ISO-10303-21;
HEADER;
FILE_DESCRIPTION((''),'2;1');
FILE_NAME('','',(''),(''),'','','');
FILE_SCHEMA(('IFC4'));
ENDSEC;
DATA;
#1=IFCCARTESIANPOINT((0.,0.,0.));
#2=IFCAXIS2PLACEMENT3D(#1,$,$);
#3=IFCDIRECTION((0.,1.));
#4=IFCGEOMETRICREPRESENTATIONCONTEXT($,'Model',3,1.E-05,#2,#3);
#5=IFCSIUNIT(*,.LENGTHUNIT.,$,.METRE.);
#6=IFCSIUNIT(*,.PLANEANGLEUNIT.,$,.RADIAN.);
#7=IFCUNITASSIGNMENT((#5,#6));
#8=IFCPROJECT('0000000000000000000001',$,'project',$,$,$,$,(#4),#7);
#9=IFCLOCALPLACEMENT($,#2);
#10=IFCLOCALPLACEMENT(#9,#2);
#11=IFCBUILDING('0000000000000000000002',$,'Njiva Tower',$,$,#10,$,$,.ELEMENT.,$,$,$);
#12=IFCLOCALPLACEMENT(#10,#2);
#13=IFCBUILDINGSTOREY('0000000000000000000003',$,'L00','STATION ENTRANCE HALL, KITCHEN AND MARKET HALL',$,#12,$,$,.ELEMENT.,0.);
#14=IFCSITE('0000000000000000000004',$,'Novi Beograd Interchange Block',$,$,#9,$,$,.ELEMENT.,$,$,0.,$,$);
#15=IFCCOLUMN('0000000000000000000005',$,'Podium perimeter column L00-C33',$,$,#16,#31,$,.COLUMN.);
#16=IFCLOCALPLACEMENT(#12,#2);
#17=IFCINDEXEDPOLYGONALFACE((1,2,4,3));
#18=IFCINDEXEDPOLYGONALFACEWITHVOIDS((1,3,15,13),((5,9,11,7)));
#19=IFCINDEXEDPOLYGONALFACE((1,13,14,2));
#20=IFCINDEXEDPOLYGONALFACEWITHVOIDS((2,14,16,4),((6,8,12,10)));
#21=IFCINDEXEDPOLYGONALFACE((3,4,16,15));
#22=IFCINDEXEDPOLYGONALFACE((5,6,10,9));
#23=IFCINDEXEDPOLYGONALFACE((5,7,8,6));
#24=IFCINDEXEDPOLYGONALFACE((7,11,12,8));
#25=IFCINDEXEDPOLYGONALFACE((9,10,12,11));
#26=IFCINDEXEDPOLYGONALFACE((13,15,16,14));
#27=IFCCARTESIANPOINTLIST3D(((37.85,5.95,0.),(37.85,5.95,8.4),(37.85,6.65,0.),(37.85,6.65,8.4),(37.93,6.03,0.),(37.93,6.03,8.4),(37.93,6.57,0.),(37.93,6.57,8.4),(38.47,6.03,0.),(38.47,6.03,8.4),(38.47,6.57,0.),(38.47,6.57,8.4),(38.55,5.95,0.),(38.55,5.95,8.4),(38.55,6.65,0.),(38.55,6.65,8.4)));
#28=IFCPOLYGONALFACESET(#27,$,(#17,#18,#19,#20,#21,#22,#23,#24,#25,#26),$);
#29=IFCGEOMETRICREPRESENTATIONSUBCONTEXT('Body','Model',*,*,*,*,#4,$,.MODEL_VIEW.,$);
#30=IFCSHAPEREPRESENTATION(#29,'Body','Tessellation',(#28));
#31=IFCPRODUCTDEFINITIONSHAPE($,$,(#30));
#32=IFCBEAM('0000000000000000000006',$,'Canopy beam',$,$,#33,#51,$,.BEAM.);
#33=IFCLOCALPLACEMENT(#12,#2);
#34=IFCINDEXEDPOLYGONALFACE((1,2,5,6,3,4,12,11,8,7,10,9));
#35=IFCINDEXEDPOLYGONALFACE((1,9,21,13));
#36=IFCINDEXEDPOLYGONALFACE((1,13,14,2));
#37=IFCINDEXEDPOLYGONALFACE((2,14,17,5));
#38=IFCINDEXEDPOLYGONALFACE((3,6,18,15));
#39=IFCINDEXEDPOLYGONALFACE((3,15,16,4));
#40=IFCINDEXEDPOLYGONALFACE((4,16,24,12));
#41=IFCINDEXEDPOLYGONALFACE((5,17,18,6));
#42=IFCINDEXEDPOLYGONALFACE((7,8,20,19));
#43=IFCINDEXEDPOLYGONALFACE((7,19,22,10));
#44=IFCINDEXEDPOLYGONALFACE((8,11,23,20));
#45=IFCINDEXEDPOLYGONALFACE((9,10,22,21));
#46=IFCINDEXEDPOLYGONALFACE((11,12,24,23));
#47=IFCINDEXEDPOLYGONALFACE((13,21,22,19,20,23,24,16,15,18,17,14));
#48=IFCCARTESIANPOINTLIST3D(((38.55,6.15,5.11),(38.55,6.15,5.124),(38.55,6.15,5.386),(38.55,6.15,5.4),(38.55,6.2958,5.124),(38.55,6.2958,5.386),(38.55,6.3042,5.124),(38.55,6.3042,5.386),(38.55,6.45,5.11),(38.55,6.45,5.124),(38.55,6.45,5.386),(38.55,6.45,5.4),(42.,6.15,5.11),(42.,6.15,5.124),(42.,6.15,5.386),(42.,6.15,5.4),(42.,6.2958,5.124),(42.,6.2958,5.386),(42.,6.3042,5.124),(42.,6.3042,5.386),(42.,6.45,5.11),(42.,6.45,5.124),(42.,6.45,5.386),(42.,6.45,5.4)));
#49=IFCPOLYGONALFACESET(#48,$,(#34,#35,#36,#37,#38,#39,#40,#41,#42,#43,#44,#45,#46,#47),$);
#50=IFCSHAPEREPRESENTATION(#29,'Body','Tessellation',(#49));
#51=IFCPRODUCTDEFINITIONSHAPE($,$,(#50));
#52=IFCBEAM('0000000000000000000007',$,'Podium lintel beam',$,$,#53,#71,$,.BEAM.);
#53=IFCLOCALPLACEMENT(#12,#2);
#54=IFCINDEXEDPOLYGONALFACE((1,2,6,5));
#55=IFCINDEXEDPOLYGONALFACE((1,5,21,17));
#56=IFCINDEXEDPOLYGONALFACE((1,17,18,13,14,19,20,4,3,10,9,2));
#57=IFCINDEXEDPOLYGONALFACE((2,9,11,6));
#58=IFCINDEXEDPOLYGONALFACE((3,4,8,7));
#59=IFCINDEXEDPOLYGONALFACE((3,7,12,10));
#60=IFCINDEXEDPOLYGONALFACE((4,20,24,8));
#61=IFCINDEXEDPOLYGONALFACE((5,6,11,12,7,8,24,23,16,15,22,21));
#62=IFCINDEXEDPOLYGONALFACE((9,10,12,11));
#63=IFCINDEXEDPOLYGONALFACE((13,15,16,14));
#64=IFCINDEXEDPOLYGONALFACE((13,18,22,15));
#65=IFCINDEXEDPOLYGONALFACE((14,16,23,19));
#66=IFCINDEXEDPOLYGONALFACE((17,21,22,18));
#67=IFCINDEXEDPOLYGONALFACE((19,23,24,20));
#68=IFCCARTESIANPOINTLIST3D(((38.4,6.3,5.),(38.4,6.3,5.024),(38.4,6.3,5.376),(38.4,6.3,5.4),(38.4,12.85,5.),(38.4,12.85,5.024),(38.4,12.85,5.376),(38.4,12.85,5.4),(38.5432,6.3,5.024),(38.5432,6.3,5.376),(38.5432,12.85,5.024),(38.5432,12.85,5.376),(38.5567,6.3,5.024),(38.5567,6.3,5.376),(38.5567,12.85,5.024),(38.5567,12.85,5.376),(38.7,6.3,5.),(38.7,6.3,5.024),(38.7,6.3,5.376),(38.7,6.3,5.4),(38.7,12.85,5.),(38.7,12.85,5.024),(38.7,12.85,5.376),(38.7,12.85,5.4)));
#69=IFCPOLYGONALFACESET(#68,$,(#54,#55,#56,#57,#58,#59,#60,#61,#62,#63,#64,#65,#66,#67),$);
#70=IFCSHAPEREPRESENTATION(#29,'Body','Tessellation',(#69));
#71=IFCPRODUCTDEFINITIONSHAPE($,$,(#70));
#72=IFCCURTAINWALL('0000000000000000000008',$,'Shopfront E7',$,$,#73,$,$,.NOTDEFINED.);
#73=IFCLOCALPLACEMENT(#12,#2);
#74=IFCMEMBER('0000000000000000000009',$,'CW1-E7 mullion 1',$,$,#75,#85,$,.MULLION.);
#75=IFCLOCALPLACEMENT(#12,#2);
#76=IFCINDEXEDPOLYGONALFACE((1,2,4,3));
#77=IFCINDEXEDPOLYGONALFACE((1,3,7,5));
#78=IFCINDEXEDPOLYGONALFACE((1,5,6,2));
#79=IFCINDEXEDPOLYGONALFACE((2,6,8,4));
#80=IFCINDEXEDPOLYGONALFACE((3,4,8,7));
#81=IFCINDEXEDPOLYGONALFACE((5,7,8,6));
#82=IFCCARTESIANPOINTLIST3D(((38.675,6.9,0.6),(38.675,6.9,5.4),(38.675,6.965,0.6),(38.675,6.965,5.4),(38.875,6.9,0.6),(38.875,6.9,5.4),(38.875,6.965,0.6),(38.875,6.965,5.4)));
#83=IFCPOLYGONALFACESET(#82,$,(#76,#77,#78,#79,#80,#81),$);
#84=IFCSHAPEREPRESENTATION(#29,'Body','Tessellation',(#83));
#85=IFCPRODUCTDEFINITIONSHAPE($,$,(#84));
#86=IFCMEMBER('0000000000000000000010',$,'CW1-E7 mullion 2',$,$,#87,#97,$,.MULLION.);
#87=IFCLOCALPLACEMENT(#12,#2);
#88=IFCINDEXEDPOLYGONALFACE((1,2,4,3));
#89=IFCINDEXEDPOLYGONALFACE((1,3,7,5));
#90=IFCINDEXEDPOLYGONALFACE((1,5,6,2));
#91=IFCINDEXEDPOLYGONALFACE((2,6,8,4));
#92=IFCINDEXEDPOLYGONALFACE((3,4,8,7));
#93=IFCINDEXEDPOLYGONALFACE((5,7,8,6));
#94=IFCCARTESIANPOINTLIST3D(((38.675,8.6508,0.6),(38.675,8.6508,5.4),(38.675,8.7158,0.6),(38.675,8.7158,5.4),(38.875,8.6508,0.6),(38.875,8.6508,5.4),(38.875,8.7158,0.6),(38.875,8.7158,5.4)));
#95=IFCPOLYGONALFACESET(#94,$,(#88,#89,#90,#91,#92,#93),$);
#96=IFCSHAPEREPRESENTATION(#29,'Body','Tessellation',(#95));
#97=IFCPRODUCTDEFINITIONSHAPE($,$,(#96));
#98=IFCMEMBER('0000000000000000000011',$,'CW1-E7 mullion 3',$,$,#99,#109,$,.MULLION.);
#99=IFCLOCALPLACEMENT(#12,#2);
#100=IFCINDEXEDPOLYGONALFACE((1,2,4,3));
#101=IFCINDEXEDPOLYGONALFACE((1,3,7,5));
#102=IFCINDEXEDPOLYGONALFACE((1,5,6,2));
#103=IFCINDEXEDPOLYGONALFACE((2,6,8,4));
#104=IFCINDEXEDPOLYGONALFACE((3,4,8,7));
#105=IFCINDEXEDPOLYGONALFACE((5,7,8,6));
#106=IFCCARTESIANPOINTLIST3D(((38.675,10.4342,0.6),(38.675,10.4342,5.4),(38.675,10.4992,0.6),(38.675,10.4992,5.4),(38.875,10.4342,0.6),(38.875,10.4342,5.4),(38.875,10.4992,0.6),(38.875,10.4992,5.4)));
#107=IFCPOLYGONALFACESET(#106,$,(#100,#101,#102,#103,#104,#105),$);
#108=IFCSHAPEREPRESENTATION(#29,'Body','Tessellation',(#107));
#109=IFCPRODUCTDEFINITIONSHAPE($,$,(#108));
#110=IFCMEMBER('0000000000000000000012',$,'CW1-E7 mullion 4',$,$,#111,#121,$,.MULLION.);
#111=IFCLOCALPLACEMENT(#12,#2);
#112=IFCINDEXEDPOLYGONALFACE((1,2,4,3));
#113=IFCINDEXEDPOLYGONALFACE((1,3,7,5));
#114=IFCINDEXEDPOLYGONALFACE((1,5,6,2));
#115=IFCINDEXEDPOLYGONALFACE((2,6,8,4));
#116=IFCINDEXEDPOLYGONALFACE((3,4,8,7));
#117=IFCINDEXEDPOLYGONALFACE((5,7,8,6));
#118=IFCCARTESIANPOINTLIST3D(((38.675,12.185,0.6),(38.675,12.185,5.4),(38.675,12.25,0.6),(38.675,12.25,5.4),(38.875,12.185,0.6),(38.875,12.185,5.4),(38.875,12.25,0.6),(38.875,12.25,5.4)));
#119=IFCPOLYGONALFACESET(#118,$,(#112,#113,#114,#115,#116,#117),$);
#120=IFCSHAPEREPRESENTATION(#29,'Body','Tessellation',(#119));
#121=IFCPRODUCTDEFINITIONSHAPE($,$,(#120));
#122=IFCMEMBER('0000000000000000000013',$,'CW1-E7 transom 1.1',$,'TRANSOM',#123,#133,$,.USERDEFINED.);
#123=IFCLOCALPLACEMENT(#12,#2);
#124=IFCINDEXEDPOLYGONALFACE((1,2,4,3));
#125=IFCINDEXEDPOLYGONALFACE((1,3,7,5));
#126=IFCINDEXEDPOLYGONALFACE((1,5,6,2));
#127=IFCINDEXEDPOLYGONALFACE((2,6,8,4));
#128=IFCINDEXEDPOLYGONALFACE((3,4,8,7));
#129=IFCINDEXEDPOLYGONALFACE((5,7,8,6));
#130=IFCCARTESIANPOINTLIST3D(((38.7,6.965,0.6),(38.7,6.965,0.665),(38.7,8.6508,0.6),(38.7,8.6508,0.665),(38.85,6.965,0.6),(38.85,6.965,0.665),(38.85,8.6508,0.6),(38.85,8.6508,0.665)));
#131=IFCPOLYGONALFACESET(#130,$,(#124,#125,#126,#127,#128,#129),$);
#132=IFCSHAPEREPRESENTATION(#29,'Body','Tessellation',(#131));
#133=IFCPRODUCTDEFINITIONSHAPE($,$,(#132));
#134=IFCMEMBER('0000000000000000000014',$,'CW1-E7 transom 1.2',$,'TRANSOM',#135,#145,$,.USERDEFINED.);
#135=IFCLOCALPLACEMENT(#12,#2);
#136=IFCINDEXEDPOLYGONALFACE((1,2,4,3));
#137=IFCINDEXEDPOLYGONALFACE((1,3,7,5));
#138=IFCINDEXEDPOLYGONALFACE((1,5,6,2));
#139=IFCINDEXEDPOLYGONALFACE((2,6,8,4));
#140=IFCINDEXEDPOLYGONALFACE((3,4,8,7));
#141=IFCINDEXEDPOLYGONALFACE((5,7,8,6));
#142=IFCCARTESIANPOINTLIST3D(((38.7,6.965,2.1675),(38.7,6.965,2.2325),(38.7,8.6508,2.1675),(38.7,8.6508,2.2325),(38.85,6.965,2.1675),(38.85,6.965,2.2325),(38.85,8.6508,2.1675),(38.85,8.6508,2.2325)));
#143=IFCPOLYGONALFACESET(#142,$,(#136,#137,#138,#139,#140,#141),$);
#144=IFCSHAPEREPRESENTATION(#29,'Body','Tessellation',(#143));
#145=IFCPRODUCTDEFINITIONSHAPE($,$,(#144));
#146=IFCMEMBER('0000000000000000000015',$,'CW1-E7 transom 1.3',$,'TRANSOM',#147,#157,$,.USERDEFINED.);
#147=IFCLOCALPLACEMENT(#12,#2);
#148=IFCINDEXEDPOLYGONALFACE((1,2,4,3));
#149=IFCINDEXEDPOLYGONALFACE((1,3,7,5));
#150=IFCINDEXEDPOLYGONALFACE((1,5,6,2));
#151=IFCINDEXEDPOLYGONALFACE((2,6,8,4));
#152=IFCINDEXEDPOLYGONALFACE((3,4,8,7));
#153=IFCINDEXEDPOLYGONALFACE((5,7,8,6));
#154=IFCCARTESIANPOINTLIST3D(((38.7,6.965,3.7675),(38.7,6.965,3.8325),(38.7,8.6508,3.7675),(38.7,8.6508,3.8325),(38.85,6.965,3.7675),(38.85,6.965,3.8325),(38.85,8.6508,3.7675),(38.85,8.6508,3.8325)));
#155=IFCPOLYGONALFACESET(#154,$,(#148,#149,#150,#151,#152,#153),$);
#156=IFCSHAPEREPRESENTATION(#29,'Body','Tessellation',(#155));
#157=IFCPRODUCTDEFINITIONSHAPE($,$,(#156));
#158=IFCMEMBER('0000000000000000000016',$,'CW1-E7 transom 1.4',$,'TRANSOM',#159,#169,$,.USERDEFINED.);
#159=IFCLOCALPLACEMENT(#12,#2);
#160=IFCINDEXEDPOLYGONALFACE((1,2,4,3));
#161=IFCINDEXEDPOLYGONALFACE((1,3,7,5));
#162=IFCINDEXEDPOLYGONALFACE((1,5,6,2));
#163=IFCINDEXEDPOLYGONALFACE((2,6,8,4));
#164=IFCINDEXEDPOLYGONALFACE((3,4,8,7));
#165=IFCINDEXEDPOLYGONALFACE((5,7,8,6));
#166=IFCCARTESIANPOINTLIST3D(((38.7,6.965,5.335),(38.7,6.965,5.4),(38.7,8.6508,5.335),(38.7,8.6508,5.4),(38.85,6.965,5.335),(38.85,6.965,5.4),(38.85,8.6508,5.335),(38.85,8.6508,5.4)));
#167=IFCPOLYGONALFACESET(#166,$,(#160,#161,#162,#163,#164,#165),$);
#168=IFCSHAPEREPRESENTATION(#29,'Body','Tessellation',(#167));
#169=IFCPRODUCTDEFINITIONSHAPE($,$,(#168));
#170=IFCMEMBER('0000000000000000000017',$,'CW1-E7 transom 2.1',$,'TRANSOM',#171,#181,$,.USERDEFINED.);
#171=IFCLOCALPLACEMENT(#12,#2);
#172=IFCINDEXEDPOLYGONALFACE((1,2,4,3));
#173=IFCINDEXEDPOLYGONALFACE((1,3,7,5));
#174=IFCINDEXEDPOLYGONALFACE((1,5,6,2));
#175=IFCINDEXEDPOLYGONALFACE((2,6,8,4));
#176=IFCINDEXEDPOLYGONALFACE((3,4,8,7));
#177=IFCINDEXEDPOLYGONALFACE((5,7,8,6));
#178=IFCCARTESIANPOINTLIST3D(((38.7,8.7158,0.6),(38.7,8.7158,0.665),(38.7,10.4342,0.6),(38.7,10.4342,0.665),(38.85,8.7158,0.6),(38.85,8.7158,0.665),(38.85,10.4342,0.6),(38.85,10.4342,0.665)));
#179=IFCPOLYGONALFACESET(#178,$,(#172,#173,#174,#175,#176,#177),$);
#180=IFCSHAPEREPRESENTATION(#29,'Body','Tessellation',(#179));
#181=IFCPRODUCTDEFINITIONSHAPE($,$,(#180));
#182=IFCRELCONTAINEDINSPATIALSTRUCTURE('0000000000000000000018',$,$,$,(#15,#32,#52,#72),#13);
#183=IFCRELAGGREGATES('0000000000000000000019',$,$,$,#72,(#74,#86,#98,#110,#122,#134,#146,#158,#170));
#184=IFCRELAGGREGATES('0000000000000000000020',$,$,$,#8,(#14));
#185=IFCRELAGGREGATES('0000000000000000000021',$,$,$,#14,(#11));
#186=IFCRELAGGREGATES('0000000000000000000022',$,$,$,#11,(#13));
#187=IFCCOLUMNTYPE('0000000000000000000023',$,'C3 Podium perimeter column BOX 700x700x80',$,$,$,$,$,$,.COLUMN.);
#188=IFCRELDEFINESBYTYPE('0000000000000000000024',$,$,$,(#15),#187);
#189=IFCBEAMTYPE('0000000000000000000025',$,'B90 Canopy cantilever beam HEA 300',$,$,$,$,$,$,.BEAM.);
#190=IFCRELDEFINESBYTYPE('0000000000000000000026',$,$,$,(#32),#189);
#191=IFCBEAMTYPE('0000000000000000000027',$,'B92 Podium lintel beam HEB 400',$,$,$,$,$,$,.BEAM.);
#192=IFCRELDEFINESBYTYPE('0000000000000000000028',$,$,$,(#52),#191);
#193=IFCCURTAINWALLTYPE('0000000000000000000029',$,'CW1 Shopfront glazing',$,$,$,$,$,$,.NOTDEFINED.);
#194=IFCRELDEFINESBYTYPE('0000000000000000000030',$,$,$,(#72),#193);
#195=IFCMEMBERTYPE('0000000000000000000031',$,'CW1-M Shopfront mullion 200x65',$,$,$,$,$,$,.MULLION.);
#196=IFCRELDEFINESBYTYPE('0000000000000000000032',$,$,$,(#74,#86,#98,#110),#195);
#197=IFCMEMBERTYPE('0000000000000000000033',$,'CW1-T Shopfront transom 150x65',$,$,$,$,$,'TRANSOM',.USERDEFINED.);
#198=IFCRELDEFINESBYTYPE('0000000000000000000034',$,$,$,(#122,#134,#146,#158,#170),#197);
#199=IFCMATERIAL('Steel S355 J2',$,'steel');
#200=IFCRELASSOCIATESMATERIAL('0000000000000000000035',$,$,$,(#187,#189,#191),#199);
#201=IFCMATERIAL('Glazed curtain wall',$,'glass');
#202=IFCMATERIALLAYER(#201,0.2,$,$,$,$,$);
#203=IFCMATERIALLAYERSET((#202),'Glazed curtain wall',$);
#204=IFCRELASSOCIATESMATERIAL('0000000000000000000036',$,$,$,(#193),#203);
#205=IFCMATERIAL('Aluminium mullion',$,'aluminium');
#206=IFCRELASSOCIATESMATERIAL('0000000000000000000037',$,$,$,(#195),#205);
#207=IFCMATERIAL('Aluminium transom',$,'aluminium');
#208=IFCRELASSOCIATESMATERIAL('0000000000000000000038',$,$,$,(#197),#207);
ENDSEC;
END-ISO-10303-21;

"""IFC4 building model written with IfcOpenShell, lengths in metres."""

from ifc_helpers import new_model, si_unit, direction, frame, origin, origin_2d, place, context, subcontext, project, spatial, rectangle, hollow_rectangle, i_section, extrude, material, layer, layer_set, material_profile, profile_set, type_object, element, aggregate, save


model = new_model("IFC4")

# Units and contexts
model_context = context("Model", 3, precision=1e-05, world=origin(), true_north=direction((0.0, 1.0)))
body_context = subcontext(model_context, "Body", "Model", "MODEL_VIEW")
ifc_project = project(units=[si_unit("LENGTHUNIT", "METRE"), si_unit("PLANEANGLEUNIT", "RADIAN")], contexts=[model_context])

# Site, building, storey
site_placement = place(None, origin())
site = spatial("IfcSite", under=ifc_project, at=site_placement, Name="Novi Beograd Interchange Block", CompositionType="ELEMENT", RefElevation=0.0)
building_placement = place(site_placement, origin())
building = spatial("IfcBuilding", under=site, at=building_placement, Name="Njiva Tower", CompositionType="ELEMENT")
storey_placement = place(building_placement, origin())
storey = spatial("IfcBuildingStorey", under=building, at=storey_placement, Name="L00", Description="STATION ENTRANCE HALL, KITCHEN AND MARKET HALL", CompositionType="ELEMENT", Elevation=0.0)

# Column
ifc_material_1 = material(Name="Steel S355 J2", Category="steel")
ifc_material_profile_1 = material_profile(ifc_material_1, hollow_rectangle(XDim=0.7, YDim=0.7, WallThickness=0.08, at=origin_2d()), Name="BOX 700x700x80")
ifc_profile_set_1 = profile_set([ifc_material_profile_1], Name="Steel S355 J2")
column_type = type_object("IfcColumnType", Name="C3 Podium perimeter column BOX 700x700x80", PredefinedType="COLUMN", material=ifc_profile_set_1)
column_placement = place(storey_placement, frame((38.2, 6.3, 0.0), z_axis=(0.0, 0.0, 1.0), x_axis=(0.0, 1.0, 0.0)))
element("IfcColumn", 1, at=column_placement, inside=storey, type_object=column_type, Name="Podium perimeter column L00-C33", PredefinedType="COLUMN", context=body_context, shape_type="SweptSolid", body=[
    extrude(hollow_rectangle(XDim=0.7, YDim=0.7, WallThickness=0.08, at=origin_2d()), origin(), (0.0, 0.0, 1.0), 8.4),
])

# Beams
ifc_material_profile_2 = material_profile(ifc_material_1, i_section(OverallWidth=0.3, OverallDepth=0.29, WebThickness=0.0085, FlangeThickness=0.014, at=origin_2d()), Name="HEA300")
ifc_profile_set_2 = profile_set([ifc_material_profile_2], Name="Steel S355 J2")
beam_type_1 = type_object("IfcBeamType", Name="B90 Canopy cantilever beam HEA 300", PredefinedType="BEAM", material=ifc_profile_set_2)
beam_1_placement = place(storey_placement, frame((38.55, 6.3, 5.255), z_axis=(1.0, 0.0, 0.0), x_axis=(0.0, 1.0, 0.0)))
element("IfcBeam", 2, at=beam_1_placement, inside=storey, type_object=beam_type_1, Name="Canopy beam", PredefinedType="BEAM", context=body_context, shape_type="SweptSolid", body=[
    extrude(i_section(OverallWidth=0.3, OverallDepth=0.29, WebThickness=0.0085, FlangeThickness=0.014, at=origin_2d()), origin(), (0.0, 0.0, 1.0), 3.45),
])
ifc_material_profile_3 = material_profile(ifc_material_1, i_section(OverallWidth=0.3, OverallDepth=0.4, WebThickness=0.0135, FlangeThickness=0.024, at=origin_2d()), Name="HEB400")
ifc_profile_set_3 = profile_set([ifc_material_profile_3], Name="Steel S355 J2")
beam_type_2 = type_object("IfcBeamType", Name="B92 Podium lintel beam HEB 400", PredefinedType="BEAM", material=ifc_profile_set_3)
beam_2_placement = place(storey_placement, frame((38.55, 6.3, 5.2), z_axis=(0.0, 1.0, 0.0), x_axis=(-1.0, 0.0, 0.0)))
element("IfcBeam", 3, at=beam_2_placement, inside=storey, type_object=beam_type_2, Name="Podium lintel beam", PredefinedType="BEAM", context=body_context, shape_type="SweptSolid", body=[
    extrude(i_section(OverallWidth=0.3, OverallDepth=0.4, WebThickness=0.0135, FlangeThickness=0.024, at=origin_2d()), origin(), (0.0, 0.0, 1.0), 6.55),
])

# Curtain wall, members
ifc_material_2 = material(Name="Glazed curtain wall", Category="glass")
ifc_layer_1 = layer(ifc_material_2, 0.2)
ifc_layer_set_1 = layer_set([ifc_layer_1], Name="Glazed curtain wall")
curtain_wall_type = type_object("IfcCurtainWallType", Name="CW1 Shopfront glazing", PredefinedType="NOTDEFINED", material=ifc_layer_set_1)
curtain_wall_placement = place(storey_placement, origin())
curtain_wall = element("IfcCurtainWall", 4, at=curtain_wall_placement, inside=storey, type_object=curtain_wall_type, Name="Shopfront E7", PredefinedType="NOTDEFINED")
ifc_material_3 = material(Name="Aluminium mullion", Category="aluminium")
ifc_material_profile_4 = material_profile(ifc_material_3, rectangle(XDim=0.2, YDim=0.065, at=origin_2d()), Name="RECT 200x65")
ifc_profile_set_4 = profile_set([ifc_material_profile_4], Name="Aluminium mullion")
member_type_1 = type_object("IfcMemberType", Name="CW1-M Shopfront mullion 200x65", PredefinedType="MULLION", material=ifc_profile_set_4)
member_1_placement = place(storey_placement, frame((38.775, 6.9325, 0.6), z_axis=(0.0, 0.0, 1.0), x_axis=(-1.0, 0.0, 0.0)))
member_1 = element("IfcMember", 5, at=member_1_placement, type_object=member_type_1, Name="CW1-E7 mullion 1", PredefinedType="MULLION", context=body_context, shape_type="SweptSolid", body=[
    extrude(rectangle(XDim=0.2, YDim=0.065, at=origin_2d()), origin(), (0.0, 0.0, 1.0), 4.8),
])
member_2_placement = place(storey_placement, frame((38.775, 8.6833, 0.6), z_axis=(0.0, 0.0, 1.0), x_axis=(-1.0, 0.0, 0.0)))
member_2 = element("IfcMember", 6, at=member_2_placement, type_object=member_type_1, Name="CW1-E7 mullion 2", PredefinedType="MULLION", context=body_context, shape_type="SweptSolid", body=[
    extrude(rectangle(XDim=0.2, YDim=0.065, at=origin_2d()), origin(), (0.0, 0.0, 1.0), 4.8),
])
member_3_placement = place(storey_placement, frame((38.775, 10.4667, 0.6), z_axis=(0.0, 0.0, 1.0), x_axis=(-1.0, 0.0, 0.0)))
member_3 = element("IfcMember", 7, at=member_3_placement, type_object=member_type_1, Name="CW1-E7 mullion 3", PredefinedType="MULLION", context=body_context, shape_type="SweptSolid", body=[
    extrude(rectangle(XDim=0.2, YDim=0.065, at=origin_2d()), origin(), (0.0, 0.0, 1.0), 4.8),
])
member_4_placement = place(storey_placement, frame((38.775, 12.2175, 0.6), z_axis=(0.0, 0.0, 1.0), x_axis=(-1.0, 0.0, 0.0)))
member_4 = element("IfcMember", 8, at=member_4_placement, type_object=member_type_1, Name="CW1-E7 mullion 4", PredefinedType="MULLION", context=body_context, shape_type="SweptSolid", body=[
    extrude(rectangle(XDim=0.2, YDim=0.065, at=origin_2d()), origin(), (0.0, 0.0, 1.0), 4.8),
])
ifc_material_4 = material(Name="Aluminium transom", Category="aluminium")
ifc_material_profile_5 = material_profile(ifc_material_4, rectangle(XDim=0.15, YDim=0.065, at=origin_2d()), Name="RECT 150x65")
ifc_profile_set_5 = profile_set([ifc_material_profile_5], Name="Aluminium transom")
member_type_2 = type_object("IfcMemberType", Name="CW1-T Shopfront transom 150x65", ElementType="TRANSOM", PredefinedType="USERDEFINED", material=ifc_profile_set_5)
member_5_placement = place(storey_placement, frame((38.775, 6.965, 0.6325), z_axis=(0.0, 1.0, 0.0), x_axis=(-1.0, 0.0, 0.0)))
member_5 = element("IfcMember", 9, at=member_5_placement, type_object=member_type_2, Name="CW1-E7 transom 1.1", ObjectType="TRANSOM", PredefinedType="USERDEFINED", context=body_context, shape_type="SweptSolid", body=[
    extrude(rectangle(XDim=0.15, YDim=0.065, at=origin_2d()), origin(), (0.0, 0.0, 1.0), 1.6858),
])
member_6_placement = place(storey_placement, frame((38.775, 6.965, 2.2), z_axis=(0.0, 1.0, 0.0), x_axis=(-1.0, 0.0, 0.0)))
member_6 = element("IfcMember", 10, at=member_6_placement, type_object=member_type_2, Name="CW1-E7 transom 1.2", ObjectType="TRANSOM", PredefinedType="USERDEFINED", context=body_context, shape_type="SweptSolid", body=[
    extrude(rectangle(XDim=0.15, YDim=0.065, at=origin_2d()), origin(), (0.0, 0.0, 1.0), 1.6858),
])
member_7_placement = place(storey_placement, frame((38.775, 6.965, 3.8), z_axis=(0.0, 1.0, 0.0), x_axis=(-1.0, 0.0, 0.0)))
member_7 = element("IfcMember", 11, at=member_7_placement, type_object=member_type_2, Name="CW1-E7 transom 1.3", ObjectType="TRANSOM", PredefinedType="USERDEFINED", context=body_context, shape_type="SweptSolid", body=[
    extrude(rectangle(XDim=0.15, YDim=0.065, at=origin_2d()), origin(), (0.0, 0.0, 1.0), 1.6858),
])
member_8_placement = place(storey_placement, frame((38.775, 6.965, 5.3675), z_axis=(0.0, 1.0, 0.0), x_axis=(-1.0, 0.0, 0.0)))
member_8 = element("IfcMember", 12, at=member_8_placement, type_object=member_type_2, Name="CW1-E7 transom 1.4", ObjectType="TRANSOM", PredefinedType="USERDEFINED", context=body_context, shape_type="SweptSolid", body=[
    extrude(rectangle(XDim=0.15, YDim=0.065, at=origin_2d()), origin(), (0.0, 0.0, 1.0), 1.6858),
])
member_9_placement = place(storey_placement, frame((38.775, 8.7158, 0.6325), z_axis=(0.0, 1.0, 0.0), x_axis=(-1.0, 0.0, 0.0)))
member_9 = element("IfcMember", 13, at=member_9_placement, type_object=member_type_2, Name="CW1-E7 transom 2.1", ObjectType="TRANSOM", PredefinedType="USERDEFINED", context=body_context, shape_type="SweptSolid", body=[
    extrude(rectangle(XDim=0.15, YDim=0.065, at=origin_2d()), origin(), (0.0, 0.0, 1.0), 1.7184),
])
aggregate(curtain_wall, [member_1, member_2, member_3, member_4, member_5, member_6, member_7, member_8, member_9])

save(model, "model.ifc")
